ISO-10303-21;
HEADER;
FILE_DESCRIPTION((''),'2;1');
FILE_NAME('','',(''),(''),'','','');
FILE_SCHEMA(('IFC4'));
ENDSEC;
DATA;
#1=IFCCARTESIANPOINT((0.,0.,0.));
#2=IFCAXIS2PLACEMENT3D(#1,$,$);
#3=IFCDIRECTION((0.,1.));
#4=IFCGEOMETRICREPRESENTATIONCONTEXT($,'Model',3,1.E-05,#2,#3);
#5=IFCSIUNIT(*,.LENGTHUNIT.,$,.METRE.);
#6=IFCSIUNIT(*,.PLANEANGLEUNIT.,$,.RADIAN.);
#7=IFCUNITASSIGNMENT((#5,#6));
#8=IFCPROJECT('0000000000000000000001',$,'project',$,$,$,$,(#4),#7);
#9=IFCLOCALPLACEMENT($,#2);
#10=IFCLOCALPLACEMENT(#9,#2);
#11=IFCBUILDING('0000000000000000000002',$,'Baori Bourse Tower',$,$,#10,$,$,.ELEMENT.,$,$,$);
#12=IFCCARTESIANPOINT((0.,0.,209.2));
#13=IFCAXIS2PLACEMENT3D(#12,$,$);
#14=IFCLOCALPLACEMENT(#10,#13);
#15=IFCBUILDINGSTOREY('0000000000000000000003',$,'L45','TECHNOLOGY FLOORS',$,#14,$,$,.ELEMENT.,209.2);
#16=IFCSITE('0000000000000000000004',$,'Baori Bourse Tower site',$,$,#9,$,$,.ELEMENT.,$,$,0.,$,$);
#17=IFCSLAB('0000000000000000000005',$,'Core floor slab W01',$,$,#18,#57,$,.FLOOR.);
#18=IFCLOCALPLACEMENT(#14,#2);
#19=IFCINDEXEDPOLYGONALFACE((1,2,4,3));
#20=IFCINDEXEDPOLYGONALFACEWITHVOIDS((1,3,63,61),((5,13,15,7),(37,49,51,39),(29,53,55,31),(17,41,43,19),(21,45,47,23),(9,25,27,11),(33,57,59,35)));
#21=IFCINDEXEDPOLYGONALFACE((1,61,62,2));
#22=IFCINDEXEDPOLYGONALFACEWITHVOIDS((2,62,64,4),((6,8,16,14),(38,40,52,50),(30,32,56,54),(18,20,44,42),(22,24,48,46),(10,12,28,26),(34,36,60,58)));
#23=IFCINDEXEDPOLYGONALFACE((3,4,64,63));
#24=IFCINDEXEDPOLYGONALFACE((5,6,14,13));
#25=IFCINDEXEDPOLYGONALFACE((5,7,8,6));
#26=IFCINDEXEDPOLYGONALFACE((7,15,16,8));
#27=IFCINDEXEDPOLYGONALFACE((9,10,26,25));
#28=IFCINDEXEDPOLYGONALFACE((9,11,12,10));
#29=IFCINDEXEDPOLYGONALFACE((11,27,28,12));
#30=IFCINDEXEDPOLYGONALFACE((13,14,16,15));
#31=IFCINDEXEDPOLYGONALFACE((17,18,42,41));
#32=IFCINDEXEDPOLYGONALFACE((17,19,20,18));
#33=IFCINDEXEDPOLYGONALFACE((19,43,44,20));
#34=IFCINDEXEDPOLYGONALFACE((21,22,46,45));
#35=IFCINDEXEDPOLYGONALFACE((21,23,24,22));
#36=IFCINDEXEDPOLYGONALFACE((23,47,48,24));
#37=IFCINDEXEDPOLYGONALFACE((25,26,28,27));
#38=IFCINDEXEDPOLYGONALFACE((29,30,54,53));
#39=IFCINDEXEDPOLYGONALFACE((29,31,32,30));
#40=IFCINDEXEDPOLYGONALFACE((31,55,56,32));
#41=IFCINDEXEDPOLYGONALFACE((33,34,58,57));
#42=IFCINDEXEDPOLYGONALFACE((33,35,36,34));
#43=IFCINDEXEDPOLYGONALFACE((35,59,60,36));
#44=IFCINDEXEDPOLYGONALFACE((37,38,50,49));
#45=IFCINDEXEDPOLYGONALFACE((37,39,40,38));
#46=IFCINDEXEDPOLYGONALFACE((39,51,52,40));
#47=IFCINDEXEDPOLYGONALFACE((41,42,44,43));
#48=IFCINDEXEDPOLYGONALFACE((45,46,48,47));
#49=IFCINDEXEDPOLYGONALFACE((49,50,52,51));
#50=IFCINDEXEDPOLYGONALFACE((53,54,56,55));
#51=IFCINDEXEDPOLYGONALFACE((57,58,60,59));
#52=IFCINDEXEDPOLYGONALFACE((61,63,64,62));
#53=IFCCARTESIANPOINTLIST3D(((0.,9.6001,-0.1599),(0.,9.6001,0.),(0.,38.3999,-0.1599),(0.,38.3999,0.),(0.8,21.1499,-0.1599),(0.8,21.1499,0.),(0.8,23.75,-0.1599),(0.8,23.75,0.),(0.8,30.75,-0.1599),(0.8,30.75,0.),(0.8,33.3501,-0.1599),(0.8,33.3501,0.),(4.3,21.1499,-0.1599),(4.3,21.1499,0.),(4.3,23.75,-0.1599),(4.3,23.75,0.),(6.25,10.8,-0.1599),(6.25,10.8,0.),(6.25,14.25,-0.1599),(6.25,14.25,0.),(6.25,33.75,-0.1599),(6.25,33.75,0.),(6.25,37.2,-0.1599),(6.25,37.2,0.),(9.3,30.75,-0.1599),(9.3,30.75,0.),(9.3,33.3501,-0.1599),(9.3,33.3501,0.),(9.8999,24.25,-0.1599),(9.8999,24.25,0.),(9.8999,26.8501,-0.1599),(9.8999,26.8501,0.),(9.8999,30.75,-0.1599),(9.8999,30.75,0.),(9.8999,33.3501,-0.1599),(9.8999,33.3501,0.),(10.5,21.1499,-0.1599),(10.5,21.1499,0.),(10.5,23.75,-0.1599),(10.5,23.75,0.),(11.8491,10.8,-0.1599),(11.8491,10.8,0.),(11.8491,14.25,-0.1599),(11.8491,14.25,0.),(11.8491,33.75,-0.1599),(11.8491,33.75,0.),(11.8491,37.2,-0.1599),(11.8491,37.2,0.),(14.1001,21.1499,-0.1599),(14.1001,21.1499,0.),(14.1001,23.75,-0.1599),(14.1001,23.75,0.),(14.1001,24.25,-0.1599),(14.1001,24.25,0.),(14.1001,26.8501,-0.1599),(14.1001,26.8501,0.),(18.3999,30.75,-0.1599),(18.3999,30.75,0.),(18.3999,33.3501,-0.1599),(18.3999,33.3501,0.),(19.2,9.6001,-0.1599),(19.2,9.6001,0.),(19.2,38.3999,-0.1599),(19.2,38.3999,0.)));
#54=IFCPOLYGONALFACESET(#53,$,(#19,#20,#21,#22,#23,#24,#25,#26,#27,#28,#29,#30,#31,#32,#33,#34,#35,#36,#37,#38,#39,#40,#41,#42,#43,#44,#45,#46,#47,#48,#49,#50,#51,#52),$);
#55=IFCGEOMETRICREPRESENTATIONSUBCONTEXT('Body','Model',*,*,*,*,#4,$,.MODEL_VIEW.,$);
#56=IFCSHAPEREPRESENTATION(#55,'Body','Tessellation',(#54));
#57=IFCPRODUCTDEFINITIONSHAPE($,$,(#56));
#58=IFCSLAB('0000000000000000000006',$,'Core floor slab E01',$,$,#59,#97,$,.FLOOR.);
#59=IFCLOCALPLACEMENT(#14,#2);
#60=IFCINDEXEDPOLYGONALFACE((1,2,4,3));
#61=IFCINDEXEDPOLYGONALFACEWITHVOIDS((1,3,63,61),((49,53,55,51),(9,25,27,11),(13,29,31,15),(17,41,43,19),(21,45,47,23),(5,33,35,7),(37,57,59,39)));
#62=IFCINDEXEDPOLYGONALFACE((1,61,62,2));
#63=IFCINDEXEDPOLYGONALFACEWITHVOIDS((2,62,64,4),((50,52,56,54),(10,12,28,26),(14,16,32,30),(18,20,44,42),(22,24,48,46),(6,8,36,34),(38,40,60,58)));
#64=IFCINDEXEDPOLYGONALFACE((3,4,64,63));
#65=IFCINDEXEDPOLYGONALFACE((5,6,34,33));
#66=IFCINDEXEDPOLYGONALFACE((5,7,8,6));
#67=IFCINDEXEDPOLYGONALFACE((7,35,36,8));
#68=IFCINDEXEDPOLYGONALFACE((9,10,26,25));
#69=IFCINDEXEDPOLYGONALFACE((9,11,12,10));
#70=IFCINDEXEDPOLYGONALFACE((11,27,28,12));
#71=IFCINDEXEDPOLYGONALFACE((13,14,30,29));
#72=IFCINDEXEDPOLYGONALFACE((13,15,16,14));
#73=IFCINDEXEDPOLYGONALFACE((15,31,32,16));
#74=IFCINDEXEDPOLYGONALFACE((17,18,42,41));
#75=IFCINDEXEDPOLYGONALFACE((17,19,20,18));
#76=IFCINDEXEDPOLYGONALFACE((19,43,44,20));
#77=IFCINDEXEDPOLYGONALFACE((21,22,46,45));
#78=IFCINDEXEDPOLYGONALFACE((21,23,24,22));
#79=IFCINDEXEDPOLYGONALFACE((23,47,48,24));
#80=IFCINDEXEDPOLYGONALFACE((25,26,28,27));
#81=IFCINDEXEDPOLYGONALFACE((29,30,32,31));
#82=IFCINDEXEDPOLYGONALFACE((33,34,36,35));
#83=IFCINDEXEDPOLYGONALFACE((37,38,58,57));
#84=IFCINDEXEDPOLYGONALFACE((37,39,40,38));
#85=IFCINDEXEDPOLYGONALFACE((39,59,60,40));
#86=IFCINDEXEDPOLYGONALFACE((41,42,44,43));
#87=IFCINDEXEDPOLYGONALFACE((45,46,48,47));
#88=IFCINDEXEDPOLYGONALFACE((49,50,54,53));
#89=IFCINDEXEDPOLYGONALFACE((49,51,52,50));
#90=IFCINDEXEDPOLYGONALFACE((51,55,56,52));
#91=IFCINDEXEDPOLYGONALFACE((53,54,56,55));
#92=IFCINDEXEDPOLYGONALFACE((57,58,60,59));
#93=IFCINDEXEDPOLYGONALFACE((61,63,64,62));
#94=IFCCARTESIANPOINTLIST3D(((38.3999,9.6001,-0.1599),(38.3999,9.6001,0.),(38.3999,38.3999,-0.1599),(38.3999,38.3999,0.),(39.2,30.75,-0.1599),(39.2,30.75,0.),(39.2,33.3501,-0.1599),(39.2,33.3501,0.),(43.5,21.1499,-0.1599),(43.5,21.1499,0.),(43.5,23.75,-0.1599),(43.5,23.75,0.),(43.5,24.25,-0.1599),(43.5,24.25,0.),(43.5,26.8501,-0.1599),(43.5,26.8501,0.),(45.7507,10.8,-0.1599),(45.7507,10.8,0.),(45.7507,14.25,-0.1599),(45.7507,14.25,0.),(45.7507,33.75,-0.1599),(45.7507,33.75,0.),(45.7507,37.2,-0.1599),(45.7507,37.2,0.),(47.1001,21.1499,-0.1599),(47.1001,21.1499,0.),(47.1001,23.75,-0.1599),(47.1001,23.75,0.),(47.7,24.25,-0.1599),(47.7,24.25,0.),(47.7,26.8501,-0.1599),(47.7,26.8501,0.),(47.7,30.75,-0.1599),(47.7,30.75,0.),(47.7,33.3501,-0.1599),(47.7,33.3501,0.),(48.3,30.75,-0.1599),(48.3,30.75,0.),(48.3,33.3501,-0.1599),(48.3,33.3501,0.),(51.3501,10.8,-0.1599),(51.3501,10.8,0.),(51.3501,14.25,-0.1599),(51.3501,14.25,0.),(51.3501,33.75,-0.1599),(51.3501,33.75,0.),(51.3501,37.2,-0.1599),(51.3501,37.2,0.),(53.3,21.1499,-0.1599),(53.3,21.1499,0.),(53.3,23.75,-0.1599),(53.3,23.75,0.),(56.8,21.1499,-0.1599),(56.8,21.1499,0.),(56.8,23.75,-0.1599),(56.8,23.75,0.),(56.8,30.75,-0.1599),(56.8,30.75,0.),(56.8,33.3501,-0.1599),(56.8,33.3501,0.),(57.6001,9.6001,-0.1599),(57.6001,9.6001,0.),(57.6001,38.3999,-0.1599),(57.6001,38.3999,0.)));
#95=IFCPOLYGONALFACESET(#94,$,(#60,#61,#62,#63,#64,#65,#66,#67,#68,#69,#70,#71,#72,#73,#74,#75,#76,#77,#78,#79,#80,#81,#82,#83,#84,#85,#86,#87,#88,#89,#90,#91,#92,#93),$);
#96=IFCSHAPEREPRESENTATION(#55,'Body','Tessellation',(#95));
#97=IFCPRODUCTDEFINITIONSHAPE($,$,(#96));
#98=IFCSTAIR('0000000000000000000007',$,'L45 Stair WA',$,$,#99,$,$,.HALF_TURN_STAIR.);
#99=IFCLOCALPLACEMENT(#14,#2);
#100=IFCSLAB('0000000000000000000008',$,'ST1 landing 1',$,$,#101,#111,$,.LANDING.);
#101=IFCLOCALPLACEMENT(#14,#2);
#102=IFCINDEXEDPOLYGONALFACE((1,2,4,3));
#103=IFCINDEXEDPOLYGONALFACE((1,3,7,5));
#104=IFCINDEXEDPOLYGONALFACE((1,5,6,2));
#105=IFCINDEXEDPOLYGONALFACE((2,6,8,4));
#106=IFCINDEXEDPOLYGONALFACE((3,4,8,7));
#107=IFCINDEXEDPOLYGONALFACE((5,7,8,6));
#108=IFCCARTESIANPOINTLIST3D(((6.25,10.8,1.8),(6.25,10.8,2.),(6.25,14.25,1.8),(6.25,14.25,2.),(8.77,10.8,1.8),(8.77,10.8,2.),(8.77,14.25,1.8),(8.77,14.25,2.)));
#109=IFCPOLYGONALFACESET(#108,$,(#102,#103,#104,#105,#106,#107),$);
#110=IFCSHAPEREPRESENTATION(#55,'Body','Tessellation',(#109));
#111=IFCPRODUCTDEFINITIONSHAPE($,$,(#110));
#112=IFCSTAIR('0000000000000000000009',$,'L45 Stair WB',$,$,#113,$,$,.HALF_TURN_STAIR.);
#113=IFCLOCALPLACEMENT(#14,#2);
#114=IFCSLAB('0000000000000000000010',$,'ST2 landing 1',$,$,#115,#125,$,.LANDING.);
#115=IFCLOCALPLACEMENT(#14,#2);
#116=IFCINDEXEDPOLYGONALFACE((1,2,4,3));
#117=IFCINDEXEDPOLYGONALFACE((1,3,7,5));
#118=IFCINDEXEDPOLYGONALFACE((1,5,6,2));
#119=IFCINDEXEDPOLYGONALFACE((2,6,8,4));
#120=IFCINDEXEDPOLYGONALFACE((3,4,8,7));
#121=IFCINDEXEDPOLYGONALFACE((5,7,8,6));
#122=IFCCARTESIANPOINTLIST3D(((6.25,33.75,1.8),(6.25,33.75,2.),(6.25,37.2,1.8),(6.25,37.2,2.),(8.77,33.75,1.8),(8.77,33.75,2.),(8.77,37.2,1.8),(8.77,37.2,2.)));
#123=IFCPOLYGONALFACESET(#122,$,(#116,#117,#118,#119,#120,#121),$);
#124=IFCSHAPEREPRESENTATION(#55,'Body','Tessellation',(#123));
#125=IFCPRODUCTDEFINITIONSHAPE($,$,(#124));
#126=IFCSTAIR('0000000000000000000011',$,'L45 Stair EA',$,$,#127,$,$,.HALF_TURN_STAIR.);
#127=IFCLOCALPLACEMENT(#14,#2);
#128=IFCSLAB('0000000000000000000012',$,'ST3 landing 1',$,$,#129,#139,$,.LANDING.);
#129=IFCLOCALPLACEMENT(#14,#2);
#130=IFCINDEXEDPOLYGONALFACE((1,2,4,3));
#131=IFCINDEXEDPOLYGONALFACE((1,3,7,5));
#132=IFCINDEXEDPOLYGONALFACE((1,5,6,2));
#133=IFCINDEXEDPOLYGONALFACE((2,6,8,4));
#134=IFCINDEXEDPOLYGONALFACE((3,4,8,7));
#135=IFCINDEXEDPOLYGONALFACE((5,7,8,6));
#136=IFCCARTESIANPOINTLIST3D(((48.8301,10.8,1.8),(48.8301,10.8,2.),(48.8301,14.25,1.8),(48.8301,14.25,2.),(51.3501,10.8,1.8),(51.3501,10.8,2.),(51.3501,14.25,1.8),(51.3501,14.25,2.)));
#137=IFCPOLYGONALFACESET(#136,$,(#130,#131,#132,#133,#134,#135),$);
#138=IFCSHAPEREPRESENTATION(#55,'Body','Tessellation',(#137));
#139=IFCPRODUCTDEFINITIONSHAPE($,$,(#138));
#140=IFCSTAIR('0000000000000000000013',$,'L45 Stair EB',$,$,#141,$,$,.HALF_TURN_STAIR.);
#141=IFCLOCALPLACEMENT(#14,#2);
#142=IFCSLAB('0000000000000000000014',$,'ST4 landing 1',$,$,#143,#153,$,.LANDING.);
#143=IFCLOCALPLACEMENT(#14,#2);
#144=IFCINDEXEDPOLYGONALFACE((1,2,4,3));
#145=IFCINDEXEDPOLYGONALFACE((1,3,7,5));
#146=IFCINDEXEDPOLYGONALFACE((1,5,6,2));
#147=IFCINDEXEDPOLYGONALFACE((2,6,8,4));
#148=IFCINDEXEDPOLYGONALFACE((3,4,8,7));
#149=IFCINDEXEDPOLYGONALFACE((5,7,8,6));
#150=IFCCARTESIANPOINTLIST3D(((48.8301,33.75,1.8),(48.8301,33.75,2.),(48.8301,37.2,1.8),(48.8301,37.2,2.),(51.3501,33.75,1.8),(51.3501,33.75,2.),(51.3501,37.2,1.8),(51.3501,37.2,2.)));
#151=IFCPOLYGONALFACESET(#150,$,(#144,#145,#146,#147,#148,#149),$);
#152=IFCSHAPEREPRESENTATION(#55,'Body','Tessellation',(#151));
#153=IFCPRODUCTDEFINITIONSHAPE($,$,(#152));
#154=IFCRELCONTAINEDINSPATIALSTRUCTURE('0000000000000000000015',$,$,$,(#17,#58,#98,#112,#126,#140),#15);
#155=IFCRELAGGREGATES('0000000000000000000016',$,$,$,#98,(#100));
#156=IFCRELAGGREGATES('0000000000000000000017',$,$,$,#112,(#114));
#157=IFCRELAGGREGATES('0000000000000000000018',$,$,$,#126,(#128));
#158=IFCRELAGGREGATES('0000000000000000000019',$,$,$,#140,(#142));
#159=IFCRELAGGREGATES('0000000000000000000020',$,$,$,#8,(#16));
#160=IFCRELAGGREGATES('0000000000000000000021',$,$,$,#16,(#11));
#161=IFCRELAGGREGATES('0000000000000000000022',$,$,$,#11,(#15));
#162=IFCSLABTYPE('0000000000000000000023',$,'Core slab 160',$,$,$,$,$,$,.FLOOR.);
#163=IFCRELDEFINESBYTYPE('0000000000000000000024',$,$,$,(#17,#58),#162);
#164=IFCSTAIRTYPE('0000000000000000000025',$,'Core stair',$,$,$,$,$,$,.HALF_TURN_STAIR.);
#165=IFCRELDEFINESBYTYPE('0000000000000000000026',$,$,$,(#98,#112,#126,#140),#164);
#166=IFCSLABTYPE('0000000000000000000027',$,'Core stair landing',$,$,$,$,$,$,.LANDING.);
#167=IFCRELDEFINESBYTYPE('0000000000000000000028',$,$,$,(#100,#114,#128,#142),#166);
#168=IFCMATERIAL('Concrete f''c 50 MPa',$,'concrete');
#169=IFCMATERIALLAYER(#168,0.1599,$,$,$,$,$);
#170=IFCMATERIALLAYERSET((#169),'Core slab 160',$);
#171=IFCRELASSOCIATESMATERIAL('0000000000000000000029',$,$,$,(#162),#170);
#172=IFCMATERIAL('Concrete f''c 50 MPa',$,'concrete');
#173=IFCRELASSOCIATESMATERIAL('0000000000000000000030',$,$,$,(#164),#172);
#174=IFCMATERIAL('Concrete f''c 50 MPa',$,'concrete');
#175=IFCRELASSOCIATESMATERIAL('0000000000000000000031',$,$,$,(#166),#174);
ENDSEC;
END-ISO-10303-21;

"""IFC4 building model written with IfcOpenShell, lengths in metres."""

from ifc_helpers import new_model, si_unit, direction, frame, origin, place, context, subcontext, project, spatial, polyline, outline, extrude, material, layer, layer_set, type_object, element, aggregate, save


model = new_model("IFC4")

# Units and contexts
model_context = context("Model", 3, precision=1e-05, world=origin(), true_north=direction((0.0, 1.0)))
body_context = subcontext(model_context, "Body", "Model", "MODEL_VIEW")
ifc_project = project(units=[si_unit("LENGTHUNIT", "METRE"), si_unit("PLANEANGLEUNIT", "RADIAN")], contexts=[model_context])

# Site, building, storey
site_placement = place(None, origin())
site = spatial("IfcSite", under=ifc_project, at=site_placement, Name="Baori Bourse Tower site", CompositionType="ELEMENT", RefElevation=0.0)
building_placement = place(site_placement, origin())
building = spatial("IfcBuilding", under=site, at=building_placement, Name="Baori Bourse Tower", CompositionType="ELEMENT")
storey_placement = place(building_placement, frame((0.0, 0.0, 209.2)))
storey = spatial("IfcBuildingStorey", under=building, at=storey_placement, Name="L45", Description="TECHNOLOGY FLOORS", CompositionType="ELEMENT", Elevation=209.2)

# Slabs
ifc_material_1 = material(Name="Concrete f'c 50 MPa", Category="concrete")
ifc_layer_1 = layer(ifc_material_1, 0.1599)
ifc_layer_set_1 = layer_set([ifc_layer_1], Name="Core slab 160")
slab_type_1 = type_object("IfcSlabType", Name="Core slab 160", PredefinedType="FLOOR", material=ifc_layer_set_1)
slab_1_placement = place(storey_placement, frame((0.0, 0.0, -0.1599)))
element("IfcSlab", 1, at=slab_1_placement, inside=storey, type_object=slab_type_1, Name="Core floor slab W01", PredefinedType="FLOOR", context=body_context, shape_type="SweptSolid", body=[
    extrude(outline(polyline([(19.2, 38.3999), (0.0, 38.3999), (0.0, 9.6001), (19.2, 9.6001), (19.2, 38.3999)]), holes=[polyline([(9.8999, 33.3501), (18.3999, 33.3501), (18.3999, 30.75), (9.8999, 30.75), (9.8999, 33.3501)]), polyline([(10.5, 21.1499), (10.5, 23.75), (14.1001, 23.75), (14.1001, 21.1499), (10.5, 21.1499)]), polyline([(14.1001, 24.25), (9.8999, 24.25), (9.8999, 26.8501), (14.1001, 26.8501), (14.1001, 24.25)]), polyline([(6.25, 14.25), (11.8491, 14.25), (11.8491, 10.8), (6.25, 10.8), (6.25, 14.25)]), polyline([(11.8491, 37.2), (11.8491, 33.75), (6.25, 33.75), (6.25, 37.2), (11.8491, 37.2)]), polyline([(0.8, 30.75), (0.8, 33.3501), (9.3, 33.3501), (9.3, 30.75), (0.8, 30.75)]), polyline([(4.3, 23.75), (4.3, 21.1499), (0.8, 21.1499), (0.8, 23.75), (4.3, 23.75)])]), origin(), (0.0, 0.0, 1.0), 0.1599),
])
slab_2_placement = place(storey_placement, frame((0.0, 0.0, -0.1599)))
element("IfcSlab", 2, at=slab_2_placement, inside=storey, type_object=slab_type_1, Name="Core floor slab E01", PredefinedType="FLOOR", context=body_context, shape_type="SweptSolid", body=[
    extrude(outline(polyline([(57.6001, 9.6001), (57.6001, 38.3999), (38.3999, 38.3999), (38.3999, 9.6001), (57.6001, 9.6001)]), holes=[polyline([(48.3, 33.3501), (56.8, 33.3501), (56.8, 30.75), (48.3, 30.75), (48.3, 33.3501)]), polyline([(56.8, 21.1499), (53.3, 21.1499), (53.3, 23.75), (56.8, 23.75), (56.8, 21.1499)]), polyline([(45.7507, 14.25), (51.3501, 14.25), (51.3501, 10.8), (45.7507, 10.8), (45.7507, 14.25)]), polyline([(51.3501, 37.2), (51.3501, 33.75), (45.7507, 33.75), (45.7507, 37.2), (51.3501, 37.2)]), polyline([(43.5, 24.25), (43.5, 26.8501), (47.7, 26.8501), (47.7, 24.25), (43.5, 24.25)]), polyline([(47.7, 33.3501), (47.7, 30.75), (39.2, 30.75), (39.2, 33.3501), (47.7, 33.3501)]), polyline([(43.5, 23.75), (47.1001, 23.75), (47.1001, 21.1499), (43.5, 21.1499), (43.5, 23.75)])]), origin(), (0.0, 0.0, 1.0), 0.1599),
])

# Stairs, slabs
ifc_material_2 = material(Name="Concrete f'c 50 MPa", Category="concrete")
stair_type = type_object("IfcStairType", Name="Core stair", PredefinedType="HALF_TURN_STAIR", material=ifc_material_2)
stair_1_placement = place(storey_placement, origin())
stair_1 = element("IfcStair", 3, at=stair_1_placement, inside=storey, type_object=stair_type, Name="L45 Stair WA", PredefinedType="HALF_TURN_STAIR")
ifc_material_3 = material(Name="Concrete f'c 50 MPa", Category="concrete")
slab_type_2 = type_object("IfcSlabType", Name="Core stair landing", PredefinedType="LANDING", material=ifc_material_3)
slab_3_placement = place(storey_placement, frame((0.0, 0.0, 1.8)))
slab_3 = element("IfcSlab", 4, at=slab_3_placement, type_object=slab_type_2, Name="ST1 landing 1", PredefinedType="LANDING", context=body_context, shape_type="SweptSolid", body=[
    extrude(outline(polyline([(8.77, 14.25), (6.25, 14.25), (6.25, 10.8), (8.77, 10.8), (8.77, 14.25)])), origin(), (0.0, 0.0, 1.0), 0.2),
])
aggregate(stair_1, [slab_3])
stair_2_placement = place(storey_placement, origin())
stair_2 = element("IfcStair", 5, at=stair_2_placement, inside=storey, type_object=stair_type, Name="L45 Stair WB", PredefinedType="HALF_TURN_STAIR")
slab_4_placement = place(storey_placement, frame((0.0, 0.0, 1.8)))
slab_4 = element("IfcSlab", 6, at=slab_4_placement, type_object=slab_type_2, Name="ST2 landing 1", PredefinedType="LANDING", context=body_context, shape_type="SweptSolid", body=[
    extrude(outline(polyline([(8.77, 37.2), (6.25, 37.2), (6.25, 33.75), (8.77, 33.75), (8.77, 37.2)])), origin(), (0.0, 0.0, 1.0), 0.2),
])
aggregate(stair_2, [slab_4])
stair_3_placement = place(storey_placement, origin())
stair_3 = element("IfcStair", 7, at=stair_3_placement, inside=storey, type_object=stair_type, Name="L45 Stair EA", PredefinedType="HALF_TURN_STAIR")
slab_5_placement = place(storey_placement, frame((0.0, 0.0, 1.8)))
slab_5 = element("IfcSlab", 8, at=slab_5_placement, type_object=slab_type_2, Name="ST3 landing 1", PredefinedType="LANDING", context=body_context, shape_type="SweptSolid", body=[
    extrude(outline(polyline([(48.8301, 10.8), (51.3501, 10.8), (51.3501, 14.25), (48.8301, 14.25), (48.8301, 10.8)])), origin(), (0.0, 0.0, 1.0), 0.2),
])
aggregate(stair_3, [slab_5])
stair_4_placement = place(storey_placement, origin())
stair_4 = element("IfcStair", 9, at=stair_4_placement, inside=storey, type_object=stair_type, Name="L45 Stair EB", PredefinedType="HALF_TURN_STAIR")
slab_6_placement = place(storey_placement, frame((0.0, 0.0, 1.8)))
slab_6 = element("IfcSlab", 10, at=slab_6_placement, type_object=slab_type_2, Name="ST4 landing 1", PredefinedType="LANDING", context=body_context, shape_type="SweptSolid", body=[
    extrude(outline(polyline([(48.8301, 33.75), (51.3501, 33.75), (51.3501, 37.2), (48.8301, 37.2), (48.8301, 33.75)])), origin(), (0.0, 0.0, 1.0), 0.2),
])
aggregate(stair_4, [slab_6])

save(model, "model.ifc")
